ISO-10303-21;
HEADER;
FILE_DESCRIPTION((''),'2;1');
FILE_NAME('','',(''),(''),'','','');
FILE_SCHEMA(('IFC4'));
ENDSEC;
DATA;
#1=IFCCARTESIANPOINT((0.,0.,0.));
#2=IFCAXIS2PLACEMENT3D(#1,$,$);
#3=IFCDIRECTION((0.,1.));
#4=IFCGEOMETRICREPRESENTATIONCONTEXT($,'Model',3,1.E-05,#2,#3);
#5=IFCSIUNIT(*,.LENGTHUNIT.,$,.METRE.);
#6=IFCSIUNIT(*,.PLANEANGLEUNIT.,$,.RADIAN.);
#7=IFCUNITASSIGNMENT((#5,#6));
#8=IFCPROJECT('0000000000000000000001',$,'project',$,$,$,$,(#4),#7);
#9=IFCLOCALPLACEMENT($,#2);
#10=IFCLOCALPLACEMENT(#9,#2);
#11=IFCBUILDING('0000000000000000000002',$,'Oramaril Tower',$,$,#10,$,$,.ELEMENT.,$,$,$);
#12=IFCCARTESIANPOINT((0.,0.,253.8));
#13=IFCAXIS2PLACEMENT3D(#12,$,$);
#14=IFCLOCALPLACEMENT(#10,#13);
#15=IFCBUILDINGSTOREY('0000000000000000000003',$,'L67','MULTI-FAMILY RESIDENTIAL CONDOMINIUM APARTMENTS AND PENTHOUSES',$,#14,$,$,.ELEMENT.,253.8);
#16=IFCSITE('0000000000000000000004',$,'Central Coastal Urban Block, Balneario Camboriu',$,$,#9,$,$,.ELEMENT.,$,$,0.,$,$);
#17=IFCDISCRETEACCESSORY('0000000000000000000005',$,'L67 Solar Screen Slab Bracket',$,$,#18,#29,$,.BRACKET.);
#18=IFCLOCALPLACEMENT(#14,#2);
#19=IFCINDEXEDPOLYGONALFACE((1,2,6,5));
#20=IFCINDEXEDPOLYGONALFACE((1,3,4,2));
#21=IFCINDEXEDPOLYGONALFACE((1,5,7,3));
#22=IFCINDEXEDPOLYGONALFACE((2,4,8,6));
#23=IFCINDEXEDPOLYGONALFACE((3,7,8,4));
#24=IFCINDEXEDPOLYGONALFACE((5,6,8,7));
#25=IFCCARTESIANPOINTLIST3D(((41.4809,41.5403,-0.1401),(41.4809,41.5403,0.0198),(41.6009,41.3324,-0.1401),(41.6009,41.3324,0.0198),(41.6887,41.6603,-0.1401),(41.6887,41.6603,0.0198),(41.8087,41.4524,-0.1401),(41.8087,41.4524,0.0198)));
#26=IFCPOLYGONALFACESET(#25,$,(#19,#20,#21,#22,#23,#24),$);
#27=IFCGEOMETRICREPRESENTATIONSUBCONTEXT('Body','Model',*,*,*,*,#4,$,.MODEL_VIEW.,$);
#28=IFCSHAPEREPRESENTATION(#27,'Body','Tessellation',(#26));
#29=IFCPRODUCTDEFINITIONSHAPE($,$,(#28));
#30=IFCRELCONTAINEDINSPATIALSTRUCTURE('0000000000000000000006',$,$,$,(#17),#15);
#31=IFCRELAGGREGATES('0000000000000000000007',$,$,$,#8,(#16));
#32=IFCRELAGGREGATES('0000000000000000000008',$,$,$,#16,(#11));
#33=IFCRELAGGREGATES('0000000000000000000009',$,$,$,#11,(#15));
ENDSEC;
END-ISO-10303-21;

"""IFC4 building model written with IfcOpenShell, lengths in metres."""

from ifc_helpers import new_model, si_unit, direction, frame, origin, origin_2d, place, context, subcontext, project, spatial, rectangle, extrude, element, save


model = new_model("IFC4")

# Units and contexts
model_context = context("Model", 3, precision=1e-05, world=origin(), true_north=direction((0.0, 1.0)))
body_context = subcontext(model_context, "Body", "Model", "MODEL_VIEW")
ifc_project = project(units=[si_unit("LENGTHUNIT", "METRE"), si_unit("PLANEANGLEUNIT", "RADIAN")], contexts=[model_context])

# Site, building, storey
site_placement = place(None, origin())
site = spatial("IfcSite", under=ifc_project, at=site_placement, Name="Central Coastal Urban Block, Balneario Camboriu", CompositionType="ELEMENT", RefElevation=0.0)
building_placement = place(site_placement, origin())
building = spatial("IfcBuilding", under=site, at=building_placement, Name="Oramaril Tower", CompositionType="ELEMENT")
storey_placement = place(building_placement, frame((0.0, 0.0, 253.8)))
storey = spatial("IfcBuildingStorey", under=building, at=storey_placement, Name="L67", Description="MULTI-FAMILY RESIDENTIAL CONDOMINIUM APARTMENTS AND PENTHOUSES", CompositionType="ELEMENT", Elevation=253.8)

# Discrete accessory
discrete_accessory_placement = place(storey_placement, frame((41.6448, 41.4963, -0.1401), z_axis=(0.0, 0.0, 1.0), x_axis=(-0.500002, 0.866025, 0.0)))
element("IfcDiscreteAccessory", 1, at=discrete_accessory_placement, inside=storey, Name="L67 Solar Screen Slab Bracket", PredefinedType="BRACKET", context=body_context, shape_type="SweptSolid", body=[
    extrude(rectangle(XDim=0.24, YDim=0.24, at=origin_2d()), origin(), (0.0, 0.0, 1.0), 0.1599),
])

save(model, "model.ifc")
